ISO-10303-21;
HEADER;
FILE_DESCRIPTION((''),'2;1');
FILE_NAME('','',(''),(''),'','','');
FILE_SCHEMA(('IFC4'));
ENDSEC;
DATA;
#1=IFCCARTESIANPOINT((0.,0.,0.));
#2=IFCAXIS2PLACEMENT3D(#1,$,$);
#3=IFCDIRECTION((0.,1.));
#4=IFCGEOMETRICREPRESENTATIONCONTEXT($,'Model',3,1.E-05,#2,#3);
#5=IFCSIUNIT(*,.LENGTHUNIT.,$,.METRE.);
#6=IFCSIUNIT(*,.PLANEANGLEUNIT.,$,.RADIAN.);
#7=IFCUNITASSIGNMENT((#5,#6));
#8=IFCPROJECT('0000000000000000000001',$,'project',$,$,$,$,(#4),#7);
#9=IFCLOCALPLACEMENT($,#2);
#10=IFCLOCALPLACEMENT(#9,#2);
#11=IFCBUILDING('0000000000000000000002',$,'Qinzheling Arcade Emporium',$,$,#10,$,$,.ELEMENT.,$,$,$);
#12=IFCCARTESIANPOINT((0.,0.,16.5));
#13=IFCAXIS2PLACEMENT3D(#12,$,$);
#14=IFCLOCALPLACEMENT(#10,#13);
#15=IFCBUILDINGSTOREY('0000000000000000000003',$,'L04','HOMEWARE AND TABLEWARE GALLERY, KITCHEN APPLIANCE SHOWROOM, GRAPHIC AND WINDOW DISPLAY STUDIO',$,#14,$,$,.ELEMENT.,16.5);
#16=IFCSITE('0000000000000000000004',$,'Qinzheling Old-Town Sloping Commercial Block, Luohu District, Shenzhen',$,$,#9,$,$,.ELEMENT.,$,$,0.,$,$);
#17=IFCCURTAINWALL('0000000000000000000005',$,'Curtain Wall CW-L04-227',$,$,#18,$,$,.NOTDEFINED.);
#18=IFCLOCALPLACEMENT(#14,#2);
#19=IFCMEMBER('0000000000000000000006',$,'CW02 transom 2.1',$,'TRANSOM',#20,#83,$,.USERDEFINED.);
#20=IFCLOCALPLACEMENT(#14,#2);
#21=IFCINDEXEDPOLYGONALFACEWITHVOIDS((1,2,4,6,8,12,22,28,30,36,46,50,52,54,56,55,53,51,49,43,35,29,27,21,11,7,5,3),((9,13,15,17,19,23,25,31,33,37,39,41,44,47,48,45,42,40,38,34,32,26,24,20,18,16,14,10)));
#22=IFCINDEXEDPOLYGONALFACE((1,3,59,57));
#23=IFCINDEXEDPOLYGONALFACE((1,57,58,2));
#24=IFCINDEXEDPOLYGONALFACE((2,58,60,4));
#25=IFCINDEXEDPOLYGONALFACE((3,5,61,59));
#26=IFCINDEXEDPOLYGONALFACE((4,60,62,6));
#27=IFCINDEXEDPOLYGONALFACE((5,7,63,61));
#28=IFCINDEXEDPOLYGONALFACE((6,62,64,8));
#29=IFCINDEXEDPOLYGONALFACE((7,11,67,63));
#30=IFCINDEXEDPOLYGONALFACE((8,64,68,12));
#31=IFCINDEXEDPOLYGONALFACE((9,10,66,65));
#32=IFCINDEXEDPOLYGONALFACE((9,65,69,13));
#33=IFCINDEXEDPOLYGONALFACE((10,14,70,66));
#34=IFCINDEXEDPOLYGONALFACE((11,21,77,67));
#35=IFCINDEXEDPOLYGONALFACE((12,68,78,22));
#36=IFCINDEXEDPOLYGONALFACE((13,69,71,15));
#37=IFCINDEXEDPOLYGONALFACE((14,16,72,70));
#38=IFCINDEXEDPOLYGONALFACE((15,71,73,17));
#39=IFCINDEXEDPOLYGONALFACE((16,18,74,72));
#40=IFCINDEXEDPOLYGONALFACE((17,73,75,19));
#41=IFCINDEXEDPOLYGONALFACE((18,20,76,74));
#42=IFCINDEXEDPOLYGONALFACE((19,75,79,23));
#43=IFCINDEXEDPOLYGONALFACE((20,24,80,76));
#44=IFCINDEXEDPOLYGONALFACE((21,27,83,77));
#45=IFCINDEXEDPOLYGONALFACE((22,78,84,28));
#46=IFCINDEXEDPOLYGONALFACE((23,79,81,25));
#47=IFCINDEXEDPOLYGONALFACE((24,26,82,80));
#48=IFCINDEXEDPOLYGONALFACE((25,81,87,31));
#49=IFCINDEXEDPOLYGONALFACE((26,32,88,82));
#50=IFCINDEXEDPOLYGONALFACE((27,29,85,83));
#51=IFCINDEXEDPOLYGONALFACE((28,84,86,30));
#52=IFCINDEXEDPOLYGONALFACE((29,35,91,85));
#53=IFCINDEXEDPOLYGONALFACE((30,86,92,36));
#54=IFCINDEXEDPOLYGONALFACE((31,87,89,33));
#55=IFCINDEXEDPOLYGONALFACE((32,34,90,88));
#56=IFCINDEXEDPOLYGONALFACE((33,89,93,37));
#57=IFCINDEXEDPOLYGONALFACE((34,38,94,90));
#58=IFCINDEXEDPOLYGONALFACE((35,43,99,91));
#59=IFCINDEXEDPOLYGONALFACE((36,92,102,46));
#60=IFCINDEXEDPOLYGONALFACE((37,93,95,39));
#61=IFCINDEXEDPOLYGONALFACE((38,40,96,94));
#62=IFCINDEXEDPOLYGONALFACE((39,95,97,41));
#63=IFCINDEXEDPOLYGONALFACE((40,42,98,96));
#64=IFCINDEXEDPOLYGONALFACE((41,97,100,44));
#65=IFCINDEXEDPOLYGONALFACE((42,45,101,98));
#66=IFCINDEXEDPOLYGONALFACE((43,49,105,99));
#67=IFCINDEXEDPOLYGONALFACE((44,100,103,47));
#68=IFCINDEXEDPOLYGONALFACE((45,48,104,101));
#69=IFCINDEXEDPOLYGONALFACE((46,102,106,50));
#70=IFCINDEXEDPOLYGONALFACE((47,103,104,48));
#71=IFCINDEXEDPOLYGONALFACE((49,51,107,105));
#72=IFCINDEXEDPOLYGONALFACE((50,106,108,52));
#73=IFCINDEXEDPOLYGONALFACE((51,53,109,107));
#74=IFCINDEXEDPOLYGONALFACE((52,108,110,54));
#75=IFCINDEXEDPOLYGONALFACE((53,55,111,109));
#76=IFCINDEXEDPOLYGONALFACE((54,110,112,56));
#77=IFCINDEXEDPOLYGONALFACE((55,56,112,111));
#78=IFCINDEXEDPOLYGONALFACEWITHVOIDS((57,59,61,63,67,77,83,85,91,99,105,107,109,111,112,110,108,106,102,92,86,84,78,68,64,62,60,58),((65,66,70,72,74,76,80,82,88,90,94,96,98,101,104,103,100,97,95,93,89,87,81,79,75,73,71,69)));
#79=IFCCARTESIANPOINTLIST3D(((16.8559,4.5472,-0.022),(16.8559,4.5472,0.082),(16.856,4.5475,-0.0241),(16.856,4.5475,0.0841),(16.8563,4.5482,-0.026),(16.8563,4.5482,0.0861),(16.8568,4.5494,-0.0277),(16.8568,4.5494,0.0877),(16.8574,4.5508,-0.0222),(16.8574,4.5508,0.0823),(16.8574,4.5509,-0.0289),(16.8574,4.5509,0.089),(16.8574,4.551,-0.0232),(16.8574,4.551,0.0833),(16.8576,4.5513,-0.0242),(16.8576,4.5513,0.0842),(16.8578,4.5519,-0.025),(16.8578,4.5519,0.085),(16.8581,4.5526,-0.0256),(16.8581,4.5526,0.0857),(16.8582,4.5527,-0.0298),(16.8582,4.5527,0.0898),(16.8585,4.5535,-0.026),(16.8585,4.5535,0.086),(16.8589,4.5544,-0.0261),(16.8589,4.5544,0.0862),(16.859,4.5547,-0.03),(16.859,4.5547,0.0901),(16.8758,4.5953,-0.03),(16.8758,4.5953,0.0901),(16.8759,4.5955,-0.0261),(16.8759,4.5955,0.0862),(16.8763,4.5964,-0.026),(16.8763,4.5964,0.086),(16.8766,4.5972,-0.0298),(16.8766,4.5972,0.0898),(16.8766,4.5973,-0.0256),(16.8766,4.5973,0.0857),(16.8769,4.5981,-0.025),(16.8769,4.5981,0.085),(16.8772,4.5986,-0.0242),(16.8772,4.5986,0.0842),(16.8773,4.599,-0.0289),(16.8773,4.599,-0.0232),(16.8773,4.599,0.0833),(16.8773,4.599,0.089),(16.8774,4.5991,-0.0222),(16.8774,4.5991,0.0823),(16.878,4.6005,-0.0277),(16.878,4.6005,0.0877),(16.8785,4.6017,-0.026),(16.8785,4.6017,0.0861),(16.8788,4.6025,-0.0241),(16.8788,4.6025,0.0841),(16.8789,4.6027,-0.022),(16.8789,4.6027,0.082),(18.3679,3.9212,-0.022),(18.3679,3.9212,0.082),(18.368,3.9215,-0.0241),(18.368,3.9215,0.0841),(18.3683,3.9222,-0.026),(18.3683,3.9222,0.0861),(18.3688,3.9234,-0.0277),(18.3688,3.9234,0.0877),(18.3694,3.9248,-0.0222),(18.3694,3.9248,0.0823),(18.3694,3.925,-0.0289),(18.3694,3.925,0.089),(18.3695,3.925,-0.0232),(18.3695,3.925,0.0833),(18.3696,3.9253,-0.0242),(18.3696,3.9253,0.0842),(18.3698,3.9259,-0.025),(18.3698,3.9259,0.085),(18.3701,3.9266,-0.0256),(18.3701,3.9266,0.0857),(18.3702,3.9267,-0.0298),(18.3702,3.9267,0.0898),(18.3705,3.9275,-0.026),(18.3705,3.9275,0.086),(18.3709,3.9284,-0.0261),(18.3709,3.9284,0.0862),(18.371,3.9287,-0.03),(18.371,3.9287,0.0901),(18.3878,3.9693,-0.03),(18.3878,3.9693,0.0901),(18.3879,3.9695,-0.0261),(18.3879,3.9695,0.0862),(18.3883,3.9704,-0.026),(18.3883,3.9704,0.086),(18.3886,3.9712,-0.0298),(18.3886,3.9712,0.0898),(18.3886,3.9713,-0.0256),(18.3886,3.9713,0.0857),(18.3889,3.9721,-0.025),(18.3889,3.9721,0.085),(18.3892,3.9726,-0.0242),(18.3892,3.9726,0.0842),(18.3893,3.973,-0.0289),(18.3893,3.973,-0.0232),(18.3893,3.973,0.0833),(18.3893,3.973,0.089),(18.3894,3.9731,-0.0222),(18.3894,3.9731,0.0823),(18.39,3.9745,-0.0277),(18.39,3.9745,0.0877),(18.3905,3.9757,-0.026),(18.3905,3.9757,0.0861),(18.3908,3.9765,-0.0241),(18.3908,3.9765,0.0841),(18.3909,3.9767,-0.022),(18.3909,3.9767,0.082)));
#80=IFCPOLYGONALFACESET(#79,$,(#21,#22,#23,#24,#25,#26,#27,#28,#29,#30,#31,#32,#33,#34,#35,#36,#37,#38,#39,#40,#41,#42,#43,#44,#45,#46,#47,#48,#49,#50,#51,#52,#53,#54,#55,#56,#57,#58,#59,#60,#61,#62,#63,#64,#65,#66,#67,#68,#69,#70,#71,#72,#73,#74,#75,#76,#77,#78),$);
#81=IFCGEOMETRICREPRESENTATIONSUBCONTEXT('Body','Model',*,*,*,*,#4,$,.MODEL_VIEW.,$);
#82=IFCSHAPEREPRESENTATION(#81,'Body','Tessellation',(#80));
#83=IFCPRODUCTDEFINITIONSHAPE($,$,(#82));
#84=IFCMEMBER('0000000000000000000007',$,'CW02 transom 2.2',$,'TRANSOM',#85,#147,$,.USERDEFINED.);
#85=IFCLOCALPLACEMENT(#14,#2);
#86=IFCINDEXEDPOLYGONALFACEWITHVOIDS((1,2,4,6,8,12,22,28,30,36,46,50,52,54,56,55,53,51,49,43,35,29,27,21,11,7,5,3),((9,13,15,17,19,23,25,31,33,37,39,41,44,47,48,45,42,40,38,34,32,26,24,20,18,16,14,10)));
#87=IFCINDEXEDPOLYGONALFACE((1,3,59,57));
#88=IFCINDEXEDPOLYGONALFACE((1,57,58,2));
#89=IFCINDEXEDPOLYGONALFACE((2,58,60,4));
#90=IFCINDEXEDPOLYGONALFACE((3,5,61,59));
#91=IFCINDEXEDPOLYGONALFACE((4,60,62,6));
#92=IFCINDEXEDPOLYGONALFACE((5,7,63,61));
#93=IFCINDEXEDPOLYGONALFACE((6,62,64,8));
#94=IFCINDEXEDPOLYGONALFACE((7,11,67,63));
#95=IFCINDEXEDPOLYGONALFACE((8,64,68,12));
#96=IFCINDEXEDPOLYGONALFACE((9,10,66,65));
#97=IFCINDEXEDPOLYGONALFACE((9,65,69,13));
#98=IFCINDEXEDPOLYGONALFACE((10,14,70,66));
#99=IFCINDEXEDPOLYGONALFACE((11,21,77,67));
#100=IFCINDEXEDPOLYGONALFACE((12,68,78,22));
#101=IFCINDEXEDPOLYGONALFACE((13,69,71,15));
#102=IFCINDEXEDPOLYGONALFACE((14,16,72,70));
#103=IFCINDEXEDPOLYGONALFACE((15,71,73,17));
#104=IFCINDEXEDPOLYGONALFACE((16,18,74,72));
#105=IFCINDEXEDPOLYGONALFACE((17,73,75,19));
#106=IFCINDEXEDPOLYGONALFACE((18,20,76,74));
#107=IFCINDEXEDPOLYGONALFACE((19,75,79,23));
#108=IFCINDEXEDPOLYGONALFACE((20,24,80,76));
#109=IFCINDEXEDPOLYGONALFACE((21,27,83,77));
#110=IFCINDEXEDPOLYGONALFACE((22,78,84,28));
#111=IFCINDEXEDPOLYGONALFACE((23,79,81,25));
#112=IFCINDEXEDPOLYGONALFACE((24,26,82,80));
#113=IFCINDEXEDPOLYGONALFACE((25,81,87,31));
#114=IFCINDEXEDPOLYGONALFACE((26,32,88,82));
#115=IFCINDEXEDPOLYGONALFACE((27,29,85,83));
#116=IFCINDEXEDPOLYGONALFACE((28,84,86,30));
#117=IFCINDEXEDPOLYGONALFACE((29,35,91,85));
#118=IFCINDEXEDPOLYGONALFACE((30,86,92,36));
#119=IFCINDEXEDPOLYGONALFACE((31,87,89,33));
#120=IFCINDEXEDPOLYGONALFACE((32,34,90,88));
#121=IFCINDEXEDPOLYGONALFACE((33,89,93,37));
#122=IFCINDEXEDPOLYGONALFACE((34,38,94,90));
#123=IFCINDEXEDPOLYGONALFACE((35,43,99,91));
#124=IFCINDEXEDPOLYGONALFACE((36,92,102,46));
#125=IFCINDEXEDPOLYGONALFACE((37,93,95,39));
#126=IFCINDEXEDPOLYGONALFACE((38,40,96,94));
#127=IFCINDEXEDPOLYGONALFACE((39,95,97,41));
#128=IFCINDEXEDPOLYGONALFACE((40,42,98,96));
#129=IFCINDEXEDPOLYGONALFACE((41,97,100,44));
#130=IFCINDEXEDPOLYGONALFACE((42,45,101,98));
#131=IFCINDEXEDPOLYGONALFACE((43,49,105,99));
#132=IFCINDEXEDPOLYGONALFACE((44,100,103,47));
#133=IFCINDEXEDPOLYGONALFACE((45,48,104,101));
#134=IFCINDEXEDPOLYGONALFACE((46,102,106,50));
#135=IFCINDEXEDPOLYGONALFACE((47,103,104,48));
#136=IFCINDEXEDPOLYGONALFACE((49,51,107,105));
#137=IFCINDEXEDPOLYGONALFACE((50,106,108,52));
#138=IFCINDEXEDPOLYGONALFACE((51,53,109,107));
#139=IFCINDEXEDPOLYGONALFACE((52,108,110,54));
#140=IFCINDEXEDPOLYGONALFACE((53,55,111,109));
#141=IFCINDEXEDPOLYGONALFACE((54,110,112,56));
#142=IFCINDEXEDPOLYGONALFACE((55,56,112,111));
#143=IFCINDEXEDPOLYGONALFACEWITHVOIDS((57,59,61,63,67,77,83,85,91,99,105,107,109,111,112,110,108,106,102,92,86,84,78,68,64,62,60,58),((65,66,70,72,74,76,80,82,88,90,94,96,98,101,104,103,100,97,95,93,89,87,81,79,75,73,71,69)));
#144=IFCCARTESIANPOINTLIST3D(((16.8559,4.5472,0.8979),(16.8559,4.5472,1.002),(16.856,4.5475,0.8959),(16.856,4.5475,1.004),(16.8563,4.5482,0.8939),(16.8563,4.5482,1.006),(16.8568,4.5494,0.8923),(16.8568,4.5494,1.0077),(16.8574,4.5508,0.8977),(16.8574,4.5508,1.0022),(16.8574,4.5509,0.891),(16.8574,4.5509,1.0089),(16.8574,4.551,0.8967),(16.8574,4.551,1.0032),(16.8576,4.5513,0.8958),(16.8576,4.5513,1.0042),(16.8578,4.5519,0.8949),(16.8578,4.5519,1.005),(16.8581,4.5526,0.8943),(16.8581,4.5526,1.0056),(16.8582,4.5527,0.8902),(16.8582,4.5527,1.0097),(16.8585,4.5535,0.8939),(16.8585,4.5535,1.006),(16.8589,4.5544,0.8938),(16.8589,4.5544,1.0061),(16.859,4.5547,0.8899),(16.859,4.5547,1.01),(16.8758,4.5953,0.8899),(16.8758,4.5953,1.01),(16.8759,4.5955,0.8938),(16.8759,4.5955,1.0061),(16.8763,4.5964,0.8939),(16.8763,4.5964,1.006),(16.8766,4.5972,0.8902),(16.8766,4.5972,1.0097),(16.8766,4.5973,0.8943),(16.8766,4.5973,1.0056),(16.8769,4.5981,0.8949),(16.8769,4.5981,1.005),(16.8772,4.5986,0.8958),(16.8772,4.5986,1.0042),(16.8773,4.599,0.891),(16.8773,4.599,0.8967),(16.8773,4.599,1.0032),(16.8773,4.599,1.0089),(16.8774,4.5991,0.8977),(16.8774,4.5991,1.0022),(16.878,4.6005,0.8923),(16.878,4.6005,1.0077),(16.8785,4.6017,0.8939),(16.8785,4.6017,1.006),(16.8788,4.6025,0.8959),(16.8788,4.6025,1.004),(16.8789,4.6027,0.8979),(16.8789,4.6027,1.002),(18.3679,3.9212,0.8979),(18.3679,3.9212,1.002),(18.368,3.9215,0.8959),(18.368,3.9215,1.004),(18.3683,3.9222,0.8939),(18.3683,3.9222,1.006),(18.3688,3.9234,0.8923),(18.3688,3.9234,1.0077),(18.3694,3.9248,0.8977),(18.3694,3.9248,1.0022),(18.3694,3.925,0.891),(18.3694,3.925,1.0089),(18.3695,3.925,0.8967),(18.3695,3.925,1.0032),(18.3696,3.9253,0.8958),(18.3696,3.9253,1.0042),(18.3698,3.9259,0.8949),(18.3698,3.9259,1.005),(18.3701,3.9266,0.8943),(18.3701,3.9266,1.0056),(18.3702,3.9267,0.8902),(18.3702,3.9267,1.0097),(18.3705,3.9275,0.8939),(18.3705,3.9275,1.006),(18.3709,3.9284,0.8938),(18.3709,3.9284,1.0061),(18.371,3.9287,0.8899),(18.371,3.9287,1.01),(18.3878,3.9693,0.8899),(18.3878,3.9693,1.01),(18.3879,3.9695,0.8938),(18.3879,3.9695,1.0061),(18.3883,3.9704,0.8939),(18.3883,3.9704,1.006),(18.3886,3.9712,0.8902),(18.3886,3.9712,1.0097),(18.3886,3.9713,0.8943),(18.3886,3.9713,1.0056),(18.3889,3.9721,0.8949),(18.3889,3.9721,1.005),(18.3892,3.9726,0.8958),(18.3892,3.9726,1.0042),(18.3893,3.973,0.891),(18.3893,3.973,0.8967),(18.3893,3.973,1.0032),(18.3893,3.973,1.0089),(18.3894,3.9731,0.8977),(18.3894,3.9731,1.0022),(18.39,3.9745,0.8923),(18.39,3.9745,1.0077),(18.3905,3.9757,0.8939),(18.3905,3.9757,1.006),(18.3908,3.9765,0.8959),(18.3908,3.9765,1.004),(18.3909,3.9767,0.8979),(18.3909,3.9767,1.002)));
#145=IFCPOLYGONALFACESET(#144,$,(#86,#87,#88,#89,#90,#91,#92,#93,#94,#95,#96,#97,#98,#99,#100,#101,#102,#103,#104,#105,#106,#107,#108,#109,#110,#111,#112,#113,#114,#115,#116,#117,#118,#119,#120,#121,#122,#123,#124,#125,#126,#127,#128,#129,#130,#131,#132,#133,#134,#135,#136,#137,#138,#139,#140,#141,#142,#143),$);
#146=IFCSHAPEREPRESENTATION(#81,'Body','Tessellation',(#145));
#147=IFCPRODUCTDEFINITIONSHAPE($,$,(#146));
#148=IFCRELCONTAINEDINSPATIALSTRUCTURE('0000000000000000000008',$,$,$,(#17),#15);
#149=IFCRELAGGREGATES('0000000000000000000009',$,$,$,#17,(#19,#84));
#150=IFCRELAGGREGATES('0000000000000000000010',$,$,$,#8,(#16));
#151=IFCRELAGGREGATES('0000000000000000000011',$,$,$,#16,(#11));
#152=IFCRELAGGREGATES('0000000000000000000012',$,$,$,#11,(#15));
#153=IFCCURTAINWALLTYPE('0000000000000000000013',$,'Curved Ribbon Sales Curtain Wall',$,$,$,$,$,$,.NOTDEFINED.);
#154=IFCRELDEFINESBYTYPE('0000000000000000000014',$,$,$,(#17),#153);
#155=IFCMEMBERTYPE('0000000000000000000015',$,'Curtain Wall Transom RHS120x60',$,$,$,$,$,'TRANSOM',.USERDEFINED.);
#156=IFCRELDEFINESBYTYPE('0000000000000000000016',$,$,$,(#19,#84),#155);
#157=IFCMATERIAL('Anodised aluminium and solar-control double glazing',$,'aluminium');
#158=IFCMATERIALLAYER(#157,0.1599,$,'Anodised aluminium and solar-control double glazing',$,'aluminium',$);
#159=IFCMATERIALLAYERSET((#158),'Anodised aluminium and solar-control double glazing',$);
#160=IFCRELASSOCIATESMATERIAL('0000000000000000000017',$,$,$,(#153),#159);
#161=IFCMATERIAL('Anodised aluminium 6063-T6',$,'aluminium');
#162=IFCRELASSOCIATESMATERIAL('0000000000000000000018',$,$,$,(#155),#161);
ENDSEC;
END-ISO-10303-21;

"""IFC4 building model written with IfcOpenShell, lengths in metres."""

from ifc_helpers import new_model, si_unit, direction, frame, origin, origin_2d, place, context, subcontext, project, spatial, hollow_rectangle, extrude, material, layer, layer_set, material_profile, profile_set, type_object, element, aggregate, save


model = new_model("IFC4")

# Units and contexts
model_context = context("Model", 3, precision=1e-05, world=origin(), true_north=direction((0.0, 1.0)))
body_context = subcontext(model_context, "Body", "Model", "MODEL_VIEW")
ifc_project = project(units=[si_unit("LENGTHUNIT", "METRE"), si_unit("PLANEANGLEUNIT", "RADIAN")], contexts=[model_context])

# Site, building, storey
site_placement = place(None, origin())
site = spatial("IfcSite", under=ifc_project, at=site_placement, Name="Qinzheling Old-Town Sloping Commercial Block, Luohu District, Shenzhen", CompositionType="ELEMENT", RefElevation=0.0)
building_placement = place(site_placement, origin())
building = spatial("IfcBuilding", under=site, at=building_placement, Name="Qinzheling Arcade Emporium", CompositionType="ELEMENT")
storey_placement = place(building_placement, frame((0.0, 0.0, 16.5)))
storey = spatial("IfcBuildingStorey", under=building, at=storey_placement, Name="L04", Description="HOMEWARE AND TABLEWARE GALLERY, KITCHEN APPLIANCE SHOWROOM, GRAPHIC AND WINDOW DISPLAY STUDIO", CompositionType="ELEMENT", Elevation=16.5)

# Curtain wall
ifc_material_1 = material(Name="Anodised aluminium and solar-control double glazing", Category="aluminium")
ifc_layer_1 = layer(ifc_material_1, 0.1599, Name="Anodised aluminium and solar-control double glazing", Category="aluminium")
ifc_layer_set_1 = layer_set([ifc_layer_1], Name="Anodised aluminium and solar-control double glazing")
curtain_wall_type = type_object("IfcCurtainWallType", Name="Curved Ribbon Sales Curtain Wall", PredefinedType="NOTDEFINED", material=ifc_layer_set_1)
curtain_wall_1_placement = place(storey_placement, origin())
curtain_wall_1 = element("IfcCurtainWall", 1, at=curtain_wall_1_placement, inside=storey, type_object=curtain_wall_type, Name="Curtain Wall CW-L04-227", PredefinedType="NOTDEFINED")
ifc_material_2 = material(Name="Anodised aluminium 6063-T6", Category="aluminium")

# Members
ifc_material_profile_1 = material_profile(ifc_material_2, hollow_rectangle(XDim=0.0601, YDim=0.1201, WallThickness=0.0039, InnerFilletRadius=0.0039, OuterFilletRadius=0.0081, at=origin_2d()), Name="RHS 120x60x4", Category="aluminium")
ifc_profile_set_1 = profile_set([ifc_material_profile_1], Name="Anodised aluminium 6063-T6")
member_type_1 = type_object("IfcMemberType", Name="Curtain Wall Transom RHS120x60", ElementType="TRANSOM", PredefinedType="USERDEFINED", material=ifc_profile_set_1)
member_1_placement = place(storey_placement, frame((18.3794, 3.949, 0.03), z_axis=(-0.923944, 0.382527, 0.0), x_axis=(-0.382527, -0.923944, 0.0)))
member_1 = element("IfcMember", 2, at=member_1_placement, type_object=member_type_1, Name="CW02 transom 2.1", ObjectType="TRANSOM", PredefinedType="USERDEFINED", context=body_context, shape_type="SweptSolid", body=[
    extrude(hollow_rectangle(XDim=0.0601, YDim=0.1201, WallThickness=0.0039, InnerFilletRadius=0.0039, OuterFilletRadius=0.0081, at=origin_2d()), origin(), (0.0, 0.0, 1.0), 1.6365),
])
member_2_placement = place(storey_placement, frame((18.3794, 3.949, 0.95), z_axis=(-0.923944, 0.382527, 0.0), x_axis=(-0.382527, -0.923944, 0.0)))
member_2 = element("IfcMember", 3, at=member_2_placement, type_object=member_type_1, Name="CW02 transom 2.2", ObjectType="TRANSOM", PredefinedType="USERDEFINED", context=body_context, shape_type="SweptSolid", body=[
    extrude(hollow_rectangle(XDim=0.0601, YDim=0.1201, WallThickness=0.0039, InnerFilletRadius=0.0039, OuterFilletRadius=0.0081, at=origin_2d()), origin(), (0.0, 0.0, 1.0), 1.6365),
])

aggregate(curtain_wall_1, [member_1, member_2])

save(model, "model.ifc")
